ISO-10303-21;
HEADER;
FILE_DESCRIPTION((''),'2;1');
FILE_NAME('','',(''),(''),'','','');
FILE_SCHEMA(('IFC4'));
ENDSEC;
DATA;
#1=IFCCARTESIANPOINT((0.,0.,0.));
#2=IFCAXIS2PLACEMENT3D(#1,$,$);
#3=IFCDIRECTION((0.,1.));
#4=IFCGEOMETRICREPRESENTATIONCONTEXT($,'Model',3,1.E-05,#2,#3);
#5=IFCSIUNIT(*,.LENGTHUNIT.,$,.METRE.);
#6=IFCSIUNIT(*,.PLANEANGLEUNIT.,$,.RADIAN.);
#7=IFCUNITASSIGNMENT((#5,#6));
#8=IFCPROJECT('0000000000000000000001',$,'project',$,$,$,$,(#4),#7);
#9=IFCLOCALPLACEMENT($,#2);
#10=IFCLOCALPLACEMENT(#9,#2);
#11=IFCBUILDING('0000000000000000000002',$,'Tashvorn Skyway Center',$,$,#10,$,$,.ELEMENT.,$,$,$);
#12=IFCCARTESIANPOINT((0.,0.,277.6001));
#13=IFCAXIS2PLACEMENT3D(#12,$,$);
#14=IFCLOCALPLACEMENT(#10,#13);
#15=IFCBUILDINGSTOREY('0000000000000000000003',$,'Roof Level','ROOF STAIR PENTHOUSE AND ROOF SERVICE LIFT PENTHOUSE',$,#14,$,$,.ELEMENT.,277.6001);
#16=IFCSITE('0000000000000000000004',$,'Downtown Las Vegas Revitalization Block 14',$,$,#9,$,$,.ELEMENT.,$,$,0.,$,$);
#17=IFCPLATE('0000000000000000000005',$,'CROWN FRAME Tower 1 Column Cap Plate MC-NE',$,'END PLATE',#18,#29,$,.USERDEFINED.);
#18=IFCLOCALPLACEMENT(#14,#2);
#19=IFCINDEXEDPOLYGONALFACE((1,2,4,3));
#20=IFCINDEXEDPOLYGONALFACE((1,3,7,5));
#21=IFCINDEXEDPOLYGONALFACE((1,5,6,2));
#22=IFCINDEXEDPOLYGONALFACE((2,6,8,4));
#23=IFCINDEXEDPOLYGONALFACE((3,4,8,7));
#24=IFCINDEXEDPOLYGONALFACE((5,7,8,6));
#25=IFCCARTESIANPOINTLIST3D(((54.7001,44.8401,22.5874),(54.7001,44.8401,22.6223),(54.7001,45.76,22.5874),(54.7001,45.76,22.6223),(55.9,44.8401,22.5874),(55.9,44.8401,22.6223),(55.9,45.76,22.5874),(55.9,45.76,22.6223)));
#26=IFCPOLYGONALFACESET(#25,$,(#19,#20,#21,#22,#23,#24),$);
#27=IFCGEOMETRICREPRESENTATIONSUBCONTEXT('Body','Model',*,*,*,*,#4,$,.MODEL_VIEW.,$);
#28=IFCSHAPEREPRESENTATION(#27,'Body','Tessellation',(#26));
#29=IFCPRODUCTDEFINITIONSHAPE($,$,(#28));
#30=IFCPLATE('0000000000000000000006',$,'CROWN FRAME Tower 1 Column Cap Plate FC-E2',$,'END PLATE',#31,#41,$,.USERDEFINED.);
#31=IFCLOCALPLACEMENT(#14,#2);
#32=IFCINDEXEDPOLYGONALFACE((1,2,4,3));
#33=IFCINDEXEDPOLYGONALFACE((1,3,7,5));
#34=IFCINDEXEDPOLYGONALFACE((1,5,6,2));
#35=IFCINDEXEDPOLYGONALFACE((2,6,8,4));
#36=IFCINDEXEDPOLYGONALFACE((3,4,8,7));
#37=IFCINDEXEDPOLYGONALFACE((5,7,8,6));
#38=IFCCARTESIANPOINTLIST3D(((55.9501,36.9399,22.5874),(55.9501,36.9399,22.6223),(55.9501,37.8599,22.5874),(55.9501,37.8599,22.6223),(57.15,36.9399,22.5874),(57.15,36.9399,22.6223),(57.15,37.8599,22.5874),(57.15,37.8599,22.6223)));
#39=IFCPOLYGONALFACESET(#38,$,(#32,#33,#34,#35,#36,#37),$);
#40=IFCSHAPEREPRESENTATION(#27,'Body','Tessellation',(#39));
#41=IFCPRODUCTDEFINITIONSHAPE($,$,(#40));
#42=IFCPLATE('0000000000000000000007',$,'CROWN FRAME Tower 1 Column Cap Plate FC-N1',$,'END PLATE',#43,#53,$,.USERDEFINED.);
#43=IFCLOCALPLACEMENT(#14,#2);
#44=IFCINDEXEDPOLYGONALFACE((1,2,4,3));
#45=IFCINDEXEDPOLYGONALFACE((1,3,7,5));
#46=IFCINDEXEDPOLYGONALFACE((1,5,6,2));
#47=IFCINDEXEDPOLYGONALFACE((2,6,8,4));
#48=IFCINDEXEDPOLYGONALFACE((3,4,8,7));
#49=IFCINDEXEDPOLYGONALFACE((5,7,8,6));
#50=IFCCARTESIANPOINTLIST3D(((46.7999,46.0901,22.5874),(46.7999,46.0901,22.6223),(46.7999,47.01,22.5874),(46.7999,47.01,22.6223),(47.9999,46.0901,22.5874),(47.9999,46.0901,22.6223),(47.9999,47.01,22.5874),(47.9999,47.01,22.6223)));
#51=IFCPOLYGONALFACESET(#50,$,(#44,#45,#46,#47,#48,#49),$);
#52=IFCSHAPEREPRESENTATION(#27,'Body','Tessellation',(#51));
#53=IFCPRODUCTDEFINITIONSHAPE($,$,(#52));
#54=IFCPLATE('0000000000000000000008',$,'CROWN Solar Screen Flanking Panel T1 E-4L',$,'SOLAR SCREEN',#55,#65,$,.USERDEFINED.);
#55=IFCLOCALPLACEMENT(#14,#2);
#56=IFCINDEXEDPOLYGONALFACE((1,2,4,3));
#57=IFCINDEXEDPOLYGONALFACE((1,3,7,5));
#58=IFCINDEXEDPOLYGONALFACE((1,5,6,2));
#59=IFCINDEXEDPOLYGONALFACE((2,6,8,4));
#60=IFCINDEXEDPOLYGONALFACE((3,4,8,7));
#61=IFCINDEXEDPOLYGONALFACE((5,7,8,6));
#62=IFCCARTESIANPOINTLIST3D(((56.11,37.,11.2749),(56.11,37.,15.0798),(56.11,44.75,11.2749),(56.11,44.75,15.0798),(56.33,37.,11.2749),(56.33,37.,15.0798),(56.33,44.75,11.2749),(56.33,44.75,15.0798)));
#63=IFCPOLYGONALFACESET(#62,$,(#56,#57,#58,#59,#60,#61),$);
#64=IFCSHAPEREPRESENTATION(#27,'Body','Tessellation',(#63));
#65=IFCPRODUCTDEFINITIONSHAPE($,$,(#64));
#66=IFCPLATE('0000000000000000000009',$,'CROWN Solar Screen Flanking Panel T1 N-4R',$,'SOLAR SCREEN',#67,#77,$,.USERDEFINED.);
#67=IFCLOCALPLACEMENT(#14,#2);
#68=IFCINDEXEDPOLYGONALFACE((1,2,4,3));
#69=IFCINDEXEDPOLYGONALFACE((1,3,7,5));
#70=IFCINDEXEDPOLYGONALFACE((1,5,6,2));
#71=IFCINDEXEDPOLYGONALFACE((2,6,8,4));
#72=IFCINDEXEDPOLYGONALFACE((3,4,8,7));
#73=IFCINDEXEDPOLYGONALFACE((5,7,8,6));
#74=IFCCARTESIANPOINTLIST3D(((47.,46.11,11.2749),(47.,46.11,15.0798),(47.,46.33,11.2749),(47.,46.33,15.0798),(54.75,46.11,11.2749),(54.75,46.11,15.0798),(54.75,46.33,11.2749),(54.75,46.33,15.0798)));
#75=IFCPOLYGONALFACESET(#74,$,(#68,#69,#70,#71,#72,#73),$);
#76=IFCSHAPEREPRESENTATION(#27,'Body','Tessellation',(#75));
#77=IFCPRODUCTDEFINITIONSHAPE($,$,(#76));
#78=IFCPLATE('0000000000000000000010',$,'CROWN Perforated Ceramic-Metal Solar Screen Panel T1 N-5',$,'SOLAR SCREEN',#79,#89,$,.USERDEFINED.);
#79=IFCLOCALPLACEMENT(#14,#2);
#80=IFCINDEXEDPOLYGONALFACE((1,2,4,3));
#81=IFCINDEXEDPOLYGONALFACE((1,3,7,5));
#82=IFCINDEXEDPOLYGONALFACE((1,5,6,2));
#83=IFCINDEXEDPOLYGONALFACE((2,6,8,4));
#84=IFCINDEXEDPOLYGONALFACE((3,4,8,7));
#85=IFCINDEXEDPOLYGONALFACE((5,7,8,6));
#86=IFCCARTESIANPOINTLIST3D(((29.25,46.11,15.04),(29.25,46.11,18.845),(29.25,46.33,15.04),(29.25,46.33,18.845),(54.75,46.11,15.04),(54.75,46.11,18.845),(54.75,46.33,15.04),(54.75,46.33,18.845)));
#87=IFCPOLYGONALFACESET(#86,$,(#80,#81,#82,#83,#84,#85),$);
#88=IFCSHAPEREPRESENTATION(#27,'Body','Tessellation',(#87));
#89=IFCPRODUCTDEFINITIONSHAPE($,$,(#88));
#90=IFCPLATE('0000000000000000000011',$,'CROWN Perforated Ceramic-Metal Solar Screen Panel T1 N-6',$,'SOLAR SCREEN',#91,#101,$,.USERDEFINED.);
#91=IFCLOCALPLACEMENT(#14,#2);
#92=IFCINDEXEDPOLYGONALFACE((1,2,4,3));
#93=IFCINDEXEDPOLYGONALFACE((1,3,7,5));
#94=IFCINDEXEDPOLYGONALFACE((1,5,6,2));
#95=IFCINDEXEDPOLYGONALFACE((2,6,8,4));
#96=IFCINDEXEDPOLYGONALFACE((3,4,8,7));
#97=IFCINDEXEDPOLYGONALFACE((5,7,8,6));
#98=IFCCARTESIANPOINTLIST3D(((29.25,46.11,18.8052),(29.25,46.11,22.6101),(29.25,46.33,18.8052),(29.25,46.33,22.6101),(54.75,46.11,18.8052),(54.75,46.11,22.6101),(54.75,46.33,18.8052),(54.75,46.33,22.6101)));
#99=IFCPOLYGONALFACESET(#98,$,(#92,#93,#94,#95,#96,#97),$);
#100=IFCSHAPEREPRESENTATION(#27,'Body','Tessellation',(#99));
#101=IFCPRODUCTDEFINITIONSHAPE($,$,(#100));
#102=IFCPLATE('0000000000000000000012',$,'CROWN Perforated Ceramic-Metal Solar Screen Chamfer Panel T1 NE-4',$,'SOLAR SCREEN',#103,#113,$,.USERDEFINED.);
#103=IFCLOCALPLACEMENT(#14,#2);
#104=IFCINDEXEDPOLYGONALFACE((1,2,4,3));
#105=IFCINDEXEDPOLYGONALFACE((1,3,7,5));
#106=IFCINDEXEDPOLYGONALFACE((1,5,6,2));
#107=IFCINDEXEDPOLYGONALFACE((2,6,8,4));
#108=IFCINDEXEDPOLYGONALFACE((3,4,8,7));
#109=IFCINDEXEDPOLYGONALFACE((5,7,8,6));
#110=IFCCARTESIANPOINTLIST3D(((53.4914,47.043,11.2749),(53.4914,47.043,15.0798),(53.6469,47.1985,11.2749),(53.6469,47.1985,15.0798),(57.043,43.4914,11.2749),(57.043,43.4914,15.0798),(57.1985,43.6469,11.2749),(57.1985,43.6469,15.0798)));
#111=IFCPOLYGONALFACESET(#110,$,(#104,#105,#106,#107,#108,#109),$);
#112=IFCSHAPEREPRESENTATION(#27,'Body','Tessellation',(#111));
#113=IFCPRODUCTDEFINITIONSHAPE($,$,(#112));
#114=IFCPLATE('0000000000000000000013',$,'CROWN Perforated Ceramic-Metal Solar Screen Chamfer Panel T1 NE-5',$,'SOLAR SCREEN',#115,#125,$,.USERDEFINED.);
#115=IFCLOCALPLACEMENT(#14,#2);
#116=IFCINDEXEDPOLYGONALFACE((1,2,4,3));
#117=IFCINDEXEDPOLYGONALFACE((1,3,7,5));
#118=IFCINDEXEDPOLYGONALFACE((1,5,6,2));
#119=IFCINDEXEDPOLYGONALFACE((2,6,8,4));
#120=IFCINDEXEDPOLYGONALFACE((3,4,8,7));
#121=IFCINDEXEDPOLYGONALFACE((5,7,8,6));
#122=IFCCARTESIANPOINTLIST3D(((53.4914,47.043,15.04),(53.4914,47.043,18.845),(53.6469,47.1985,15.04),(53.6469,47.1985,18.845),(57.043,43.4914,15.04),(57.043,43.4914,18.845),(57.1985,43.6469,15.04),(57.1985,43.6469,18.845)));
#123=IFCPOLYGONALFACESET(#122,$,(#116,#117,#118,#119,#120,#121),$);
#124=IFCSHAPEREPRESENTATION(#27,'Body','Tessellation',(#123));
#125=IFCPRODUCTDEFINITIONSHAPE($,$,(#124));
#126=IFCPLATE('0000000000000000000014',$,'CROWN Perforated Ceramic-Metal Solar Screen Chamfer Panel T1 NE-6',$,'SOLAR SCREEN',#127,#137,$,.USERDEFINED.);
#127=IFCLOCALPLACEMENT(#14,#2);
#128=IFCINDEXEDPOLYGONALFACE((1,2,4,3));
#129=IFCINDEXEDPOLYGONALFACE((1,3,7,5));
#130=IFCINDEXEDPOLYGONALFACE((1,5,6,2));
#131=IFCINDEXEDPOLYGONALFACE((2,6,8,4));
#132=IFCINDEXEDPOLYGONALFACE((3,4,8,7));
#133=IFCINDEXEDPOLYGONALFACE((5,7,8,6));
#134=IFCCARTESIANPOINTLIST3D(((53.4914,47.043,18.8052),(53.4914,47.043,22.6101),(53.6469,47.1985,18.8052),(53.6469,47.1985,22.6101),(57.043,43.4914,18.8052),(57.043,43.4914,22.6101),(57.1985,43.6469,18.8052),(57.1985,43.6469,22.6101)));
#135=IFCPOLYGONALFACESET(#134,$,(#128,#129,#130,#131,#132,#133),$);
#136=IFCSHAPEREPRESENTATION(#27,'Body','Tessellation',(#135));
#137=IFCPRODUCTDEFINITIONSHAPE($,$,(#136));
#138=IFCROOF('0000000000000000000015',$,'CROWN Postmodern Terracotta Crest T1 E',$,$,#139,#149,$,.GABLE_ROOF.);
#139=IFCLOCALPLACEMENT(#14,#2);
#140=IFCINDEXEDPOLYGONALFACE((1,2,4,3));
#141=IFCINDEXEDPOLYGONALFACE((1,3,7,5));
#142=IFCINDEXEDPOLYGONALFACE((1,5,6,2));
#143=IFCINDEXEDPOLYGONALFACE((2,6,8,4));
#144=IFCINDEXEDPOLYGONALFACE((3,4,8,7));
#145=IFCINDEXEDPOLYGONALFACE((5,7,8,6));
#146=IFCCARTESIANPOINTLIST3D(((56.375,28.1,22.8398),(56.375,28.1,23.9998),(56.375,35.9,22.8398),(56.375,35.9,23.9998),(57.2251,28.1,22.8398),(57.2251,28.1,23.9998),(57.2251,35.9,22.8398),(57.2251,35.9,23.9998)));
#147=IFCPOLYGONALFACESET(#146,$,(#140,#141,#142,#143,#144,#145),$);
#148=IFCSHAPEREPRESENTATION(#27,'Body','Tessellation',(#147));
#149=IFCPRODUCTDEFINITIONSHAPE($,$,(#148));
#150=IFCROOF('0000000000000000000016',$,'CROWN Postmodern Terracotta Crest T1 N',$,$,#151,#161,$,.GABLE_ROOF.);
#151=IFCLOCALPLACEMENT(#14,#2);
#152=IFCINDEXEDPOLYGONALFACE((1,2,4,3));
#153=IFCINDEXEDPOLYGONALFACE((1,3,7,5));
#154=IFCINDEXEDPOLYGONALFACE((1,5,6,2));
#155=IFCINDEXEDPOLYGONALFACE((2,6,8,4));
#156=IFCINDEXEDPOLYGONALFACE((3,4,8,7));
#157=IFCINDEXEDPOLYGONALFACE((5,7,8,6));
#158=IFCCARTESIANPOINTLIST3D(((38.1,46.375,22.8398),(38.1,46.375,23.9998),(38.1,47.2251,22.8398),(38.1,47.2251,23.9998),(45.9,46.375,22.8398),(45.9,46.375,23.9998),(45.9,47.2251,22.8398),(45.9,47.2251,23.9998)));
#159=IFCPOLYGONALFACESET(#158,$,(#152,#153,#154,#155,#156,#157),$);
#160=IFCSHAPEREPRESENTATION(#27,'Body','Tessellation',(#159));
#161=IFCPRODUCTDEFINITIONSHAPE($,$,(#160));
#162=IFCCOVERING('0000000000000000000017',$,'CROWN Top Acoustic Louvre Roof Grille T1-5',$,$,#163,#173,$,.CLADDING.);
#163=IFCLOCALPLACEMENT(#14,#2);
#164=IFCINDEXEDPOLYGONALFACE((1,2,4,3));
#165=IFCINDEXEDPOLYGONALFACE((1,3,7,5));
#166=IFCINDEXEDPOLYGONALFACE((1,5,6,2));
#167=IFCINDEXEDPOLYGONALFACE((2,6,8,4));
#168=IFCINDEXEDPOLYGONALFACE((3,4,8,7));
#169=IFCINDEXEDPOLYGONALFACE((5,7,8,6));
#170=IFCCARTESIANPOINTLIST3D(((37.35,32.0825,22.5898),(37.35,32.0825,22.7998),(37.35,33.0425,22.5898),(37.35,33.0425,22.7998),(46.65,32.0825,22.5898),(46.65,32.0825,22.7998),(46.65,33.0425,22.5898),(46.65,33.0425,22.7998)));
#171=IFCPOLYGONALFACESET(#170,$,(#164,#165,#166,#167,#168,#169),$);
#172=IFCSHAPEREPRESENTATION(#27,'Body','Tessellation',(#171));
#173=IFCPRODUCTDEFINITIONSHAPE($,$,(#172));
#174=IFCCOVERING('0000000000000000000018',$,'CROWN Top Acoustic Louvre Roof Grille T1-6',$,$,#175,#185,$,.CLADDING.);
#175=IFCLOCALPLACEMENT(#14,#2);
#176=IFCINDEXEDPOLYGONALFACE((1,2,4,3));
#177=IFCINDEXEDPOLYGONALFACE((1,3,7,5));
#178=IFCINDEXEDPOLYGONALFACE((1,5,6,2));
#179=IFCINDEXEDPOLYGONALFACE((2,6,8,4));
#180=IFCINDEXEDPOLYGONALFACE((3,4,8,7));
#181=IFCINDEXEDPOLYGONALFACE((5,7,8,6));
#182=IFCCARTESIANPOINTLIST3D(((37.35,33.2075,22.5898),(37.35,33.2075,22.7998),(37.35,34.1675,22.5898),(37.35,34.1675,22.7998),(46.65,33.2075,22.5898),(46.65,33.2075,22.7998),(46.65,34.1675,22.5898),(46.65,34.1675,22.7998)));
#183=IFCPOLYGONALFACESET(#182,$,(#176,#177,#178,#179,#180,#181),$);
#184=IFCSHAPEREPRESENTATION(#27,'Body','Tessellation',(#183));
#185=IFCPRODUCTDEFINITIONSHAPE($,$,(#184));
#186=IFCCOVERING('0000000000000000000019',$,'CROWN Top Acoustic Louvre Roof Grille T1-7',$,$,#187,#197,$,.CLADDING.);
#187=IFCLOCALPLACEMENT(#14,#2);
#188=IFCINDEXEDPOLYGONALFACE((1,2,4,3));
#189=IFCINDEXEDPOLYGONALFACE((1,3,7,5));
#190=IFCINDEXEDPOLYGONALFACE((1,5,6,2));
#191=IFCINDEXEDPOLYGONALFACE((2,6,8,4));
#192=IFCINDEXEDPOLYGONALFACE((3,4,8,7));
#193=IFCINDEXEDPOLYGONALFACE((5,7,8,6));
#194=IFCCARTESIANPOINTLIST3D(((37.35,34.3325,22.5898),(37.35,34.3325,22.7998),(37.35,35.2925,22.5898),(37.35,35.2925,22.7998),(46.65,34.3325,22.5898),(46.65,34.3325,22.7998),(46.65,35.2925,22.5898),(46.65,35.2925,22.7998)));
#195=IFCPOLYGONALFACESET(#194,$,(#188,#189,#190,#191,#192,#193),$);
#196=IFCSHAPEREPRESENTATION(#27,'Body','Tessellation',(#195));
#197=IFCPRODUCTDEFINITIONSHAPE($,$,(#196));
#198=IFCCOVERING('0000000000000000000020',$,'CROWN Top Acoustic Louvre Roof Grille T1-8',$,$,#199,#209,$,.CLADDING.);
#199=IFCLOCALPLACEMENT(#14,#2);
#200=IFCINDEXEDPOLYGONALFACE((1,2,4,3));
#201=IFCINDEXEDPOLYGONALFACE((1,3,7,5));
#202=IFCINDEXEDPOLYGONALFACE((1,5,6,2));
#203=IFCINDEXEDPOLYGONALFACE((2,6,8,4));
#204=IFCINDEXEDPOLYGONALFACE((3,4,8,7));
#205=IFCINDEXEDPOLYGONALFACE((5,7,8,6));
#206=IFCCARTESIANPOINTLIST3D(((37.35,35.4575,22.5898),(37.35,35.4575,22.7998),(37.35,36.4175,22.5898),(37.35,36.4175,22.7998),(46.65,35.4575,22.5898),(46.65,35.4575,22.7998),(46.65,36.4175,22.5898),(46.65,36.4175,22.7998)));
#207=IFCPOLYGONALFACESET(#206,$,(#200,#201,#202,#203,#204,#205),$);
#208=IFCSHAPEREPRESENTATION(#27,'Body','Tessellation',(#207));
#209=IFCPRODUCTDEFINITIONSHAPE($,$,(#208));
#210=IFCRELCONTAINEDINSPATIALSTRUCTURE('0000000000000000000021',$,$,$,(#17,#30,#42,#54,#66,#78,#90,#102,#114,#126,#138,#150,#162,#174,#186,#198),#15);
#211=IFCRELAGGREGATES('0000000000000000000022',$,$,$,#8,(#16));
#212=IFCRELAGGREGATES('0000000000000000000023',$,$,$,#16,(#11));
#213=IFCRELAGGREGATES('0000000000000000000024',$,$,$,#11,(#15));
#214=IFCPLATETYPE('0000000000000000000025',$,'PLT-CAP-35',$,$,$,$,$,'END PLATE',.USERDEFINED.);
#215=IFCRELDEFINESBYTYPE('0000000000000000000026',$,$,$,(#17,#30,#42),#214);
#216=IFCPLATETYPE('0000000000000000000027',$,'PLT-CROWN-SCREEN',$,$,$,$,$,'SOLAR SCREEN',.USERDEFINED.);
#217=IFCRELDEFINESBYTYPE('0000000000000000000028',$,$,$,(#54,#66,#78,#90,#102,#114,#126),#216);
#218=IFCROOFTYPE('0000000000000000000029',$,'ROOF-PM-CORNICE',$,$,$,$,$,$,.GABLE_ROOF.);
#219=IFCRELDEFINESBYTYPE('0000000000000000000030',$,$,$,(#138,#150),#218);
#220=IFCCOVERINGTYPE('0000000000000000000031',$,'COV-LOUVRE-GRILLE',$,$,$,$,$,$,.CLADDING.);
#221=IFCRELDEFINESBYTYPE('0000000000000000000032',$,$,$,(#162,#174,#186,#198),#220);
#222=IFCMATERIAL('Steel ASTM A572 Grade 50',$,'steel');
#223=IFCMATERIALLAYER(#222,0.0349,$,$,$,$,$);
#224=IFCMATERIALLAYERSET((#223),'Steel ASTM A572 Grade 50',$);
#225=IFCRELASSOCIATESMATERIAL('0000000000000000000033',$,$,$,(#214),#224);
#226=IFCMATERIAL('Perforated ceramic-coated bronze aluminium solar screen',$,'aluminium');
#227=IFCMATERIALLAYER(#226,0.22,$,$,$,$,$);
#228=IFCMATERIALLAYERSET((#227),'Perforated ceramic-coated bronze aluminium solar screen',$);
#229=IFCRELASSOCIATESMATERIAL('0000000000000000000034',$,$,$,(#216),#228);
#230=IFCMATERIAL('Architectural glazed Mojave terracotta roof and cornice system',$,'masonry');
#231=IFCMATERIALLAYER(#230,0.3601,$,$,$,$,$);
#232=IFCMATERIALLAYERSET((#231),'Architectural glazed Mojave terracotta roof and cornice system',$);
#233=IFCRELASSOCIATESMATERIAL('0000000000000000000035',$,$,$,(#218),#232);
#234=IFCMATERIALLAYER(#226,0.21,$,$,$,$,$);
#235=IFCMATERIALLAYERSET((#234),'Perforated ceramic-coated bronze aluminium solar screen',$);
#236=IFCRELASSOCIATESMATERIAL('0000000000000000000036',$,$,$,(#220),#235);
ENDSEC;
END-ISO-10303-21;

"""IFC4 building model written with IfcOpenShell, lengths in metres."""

from ifc_helpers import new_model, si_unit, direction, frame, origin, origin_2d, place, context, subcontext, project, spatial, rectangle, extrude, material, layer, layer_set, type_object, element, save


model = new_model("IFC4")

# Units and contexts
model_context = context("Model", 3, precision=1e-05, world=origin(), true_north=direction((0.0, 1.0)))
body_context = subcontext(model_context, "Body", "Model", "MODEL_VIEW")
ifc_project = project(units=[si_unit("LENGTHUNIT", "METRE"), si_unit("PLANEANGLEUNIT", "RADIAN")], contexts=[model_context])

# Site, building, storey
site_placement = place(None, origin())
site = spatial("IfcSite", under=ifc_project, at=site_placement, Name="Downtown Las Vegas Revitalization Block 14", CompositionType="ELEMENT", RefElevation=0.0)
building_placement = place(site_placement, origin())
building = spatial("IfcBuilding", under=site, at=building_placement, Name="Tashvorn Skyway Center", CompositionType="ELEMENT")
storey_placement = place(building_placement, frame((0.0, 0.0, 277.6001)))
storey = spatial("IfcBuildingStorey", under=building, at=storey_placement, Name="Roof Level", Description="ROOF STAIR PENTHOUSE AND ROOF SERVICE LIFT PENTHOUSE", CompositionType="ELEMENT", Elevation=277.6001)

# Shared definitions
ifc_material_1 = material(Name="Steel ASTM A572 Grade 50", Category="steel")

# Plates
ifc_layer_1 = layer(ifc_material_1, 0.0349)
ifc_layer_set_1 = layer_set([ifc_layer_1], Name="Steel ASTM A572 Grade 50")
plate_type_1 = type_object("IfcPlateType", Name="PLT-CAP-35", ElementType="END PLATE", PredefinedType="USERDEFINED", material=ifc_layer_set_1)
for number, where, z_axis, x_axis, name in (
    (1, (55.3, 45.3, 22.5874), (0.0, 0.0, 1.0), (1.0, 0.0, 0.0), "CROWN FRAME Tower 1 Column Cap Plate MC-NE"),
    (2, (56.55, 37.3999, 22.5874), (0.0, 0.0, 1.0), (1.0, 0.0, 0.0), "CROWN FRAME Tower 1 Column Cap Plate FC-E2"),
    (3, (47.3999, 46.55, 22.5874), (0.0, 0.0, 1.0), (1.0, 0.0, 0.0), "CROWN FRAME Tower 1 Column Cap Plate FC-N1"),
):
    element("IfcPlate", number, at=place(storey_placement, frame(where, z_axis=z_axis, x_axis=x_axis)), inside=storey, type_object=plate_type_1, Name=name, ObjectType="END PLATE", PredefinedType="USERDEFINED", context=body_context, shape_type="SweptSolid", body=[
        extrude(rectangle(XDim=1.2, YDim=0.9199, at=origin_2d()), origin(), (0.0, 0.0, 1.0), 0.0349),
    ])
ifc_material_2 = material(Name="Perforated ceramic-coated bronze aluminium solar screen", Category="aluminium")
ifc_layer_2 = layer(ifc_material_2, 0.22)
ifc_layer_set_2 = layer_set([ifc_layer_2], Name="Perforated ceramic-coated bronze aluminium solar screen")
plate_type_2 = type_object("IfcPlateType", Name="PLT-CROWN-SCREEN", ElementType="SOLAR SCREEN", PredefinedType="USERDEFINED", material=ifc_layer_set_2)
for number, where, z_axis, x_axis, name in (
    (4, (56.22, 40.875, 11.2749), (0.0, 0.0, 1.0), (0.0, 1.0, 0.0), "CROWN Solar Screen Flanking Panel T1 E-4L"),
    (5, (50.875, 46.22, 11.2749), (0.0, 0.0, 1.0), (-1.0, 0.0, 0.0), "CROWN Solar Screen Flanking Panel T1 N-4R"),
):
    element("IfcPlate", number, at=place(storey_placement, frame(where, z_axis=z_axis, x_axis=x_axis)), inside=storey, type_object=plate_type_2, Name=name, ObjectType="SOLAR SCREEN", PredefinedType="USERDEFINED", context=body_context, shape_type="SweptSolid", body=[
        extrude(rectangle(XDim=7.75, YDim=0.22, at=origin_2d()), origin(), (0.0, 0.0, 1.0), 3.8049),
    ])
for number, where, z_axis, x_axis, name in (
    (6, (42.0, 46.22, 15.04), (0.0, 0.0, 1.0), (-1.0, 0.0, 0.0), "CROWN Perforated Ceramic-Metal Solar Screen Panel T1 N-5"),
    (7, (42.0, 46.22, 18.8052), (0.0, 0.0, 1.0), (-1.0, 0.0, 0.0), "CROWN Perforated Ceramic-Metal Solar Screen Panel T1 N-6"),
):
    element("IfcPlate", number, at=place(storey_placement, frame(where, z_axis=z_axis, x_axis=x_axis)), inside=storey, type_object=plate_type_2, Name=name, ObjectType="SOLAR SCREEN", PredefinedType="USERDEFINED", context=body_context, shape_type="SweptSolid", body=[
        extrude(rectangle(XDim=25.5, YDim=0.22, at=origin_2d()), origin(), (0.0, 0.0, 1.0), 3.8049),
    ])
for number, where, z_axis, x_axis, name in (
    (8, (55.345, 45.345, 11.2749), (0.0, 0.0, 1.0), (0.707107, -0.707107, 0.0), "CROWN Perforated Ceramic-Metal Solar Screen Chamfer Panel T1 NE-4"),
    (9, (55.345, 45.345, 15.04), (0.0, 0.0, 1.0), (0.707107, -0.707107, 0.0), "CROWN Perforated Ceramic-Metal Solar Screen Chamfer Panel T1 NE-5"),
    (10, (55.345, 45.345, 18.8052), (0.0, 0.0, 1.0), (0.707107, -0.707107, 0.0), "CROWN Perforated Ceramic-Metal Solar Screen Chamfer Panel T1 NE-6"),
):
    element("IfcPlate", number, at=place(storey_placement, frame(where, z_axis=z_axis, x_axis=x_axis)), inside=storey, type_object=plate_type_2, Name=name, ObjectType="SOLAR SCREEN", PredefinedType="USERDEFINED", context=body_context, shape_type="SweptSolid", body=[
        extrude(rectangle(XDim=5.0227, YDim=0.22, at=origin_2d()), origin(), (0.0, 0.0, 1.0), 3.8049),
    ])

# Roofs
ifc_material_3 = material(Name="Architectural glazed Mojave terracotta roof and cornice system", Category="masonry")
ifc_layer_3 = layer(ifc_material_3, 0.3601)
ifc_layer_set_3 = layer_set([ifc_layer_3], Name="Architectural glazed Mojave terracotta roof and cornice system")
roof_type = type_object("IfcRoofType", Name="ROOF-PM-CORNICE", PredefinedType="GABLE_ROOF", material=ifc_layer_set_3)
for number, where, z_axis, x_axis, name in (
    (11, (56.8, 32.0, 22.8398), (0.0, 0.0, 1.0), (0.0, 1.0, 0.0), "CROWN Postmodern Terracotta Crest T1 E"),
    (12, (42.0, 46.8, 22.8398), (0.0, 0.0, 1.0), (-1.0, 0.0, 0.0), "CROWN Postmodern Terracotta Crest T1 N"),
):
    element("IfcRoof", number, at=place(storey_placement, frame(where, z_axis=z_axis, x_axis=x_axis)), inside=storey, type_object=roof_type, Name=name, PredefinedType="GABLE_ROOF", context=body_context, shape_type="SweptSolid", body=[
        extrude(rectangle(XDim=7.8, YDim=0.8501, at=origin_2d()), origin(), (0.0, 0.0, 1.0), 1.1599),
    ])

# Coverings
ifc_layer_4 = layer(ifc_material_2, 0.21)
ifc_layer_set_4 = layer_set([ifc_layer_4], Name="Perforated ceramic-coated bronze aluminium solar screen")
covering_type_1 = type_object("IfcCoveringType", Name="COV-LOUVRE-GRILLE", PredefinedType="CLADDING", material=ifc_layer_set_4)
for number, where, z_axis, x_axis, name in (
    (13, (42.0, 32.5625, 22.5898), (0.0, 0.0, 1.0), (1.0, 0.0, 0.0), "CROWN Top Acoustic Louvre Roof Grille T1-5"),
    (14, (42.0, 33.6875, 22.5898), (0.0, 0.0, 1.0), (1.0, 0.0, 0.0), "CROWN Top Acoustic Louvre Roof Grille T1-6"),
    (15, (42.0, 34.8125, 22.5898), (0.0, 0.0, 1.0), (1.0, 0.0, 0.0), "CROWN Top Acoustic Louvre Roof Grille T1-7"),
    (16, (42.0, 35.9375, 22.5898), (0.0, 0.0, 1.0), (1.0, 0.0, 0.0), "CROWN Top Acoustic Louvre Roof Grille T1-8"),
):
    element("IfcCovering", number, at=place(storey_placement, frame(where, z_axis=z_axis, x_axis=x_axis)), inside=storey, type_object=covering_type_1, Name=name, PredefinedType="CLADDING", context=body_context, shape_type="SweptSolid", body=[
        extrude(rectangle(XDim=9.3, YDim=0.96, at=origin_2d()), origin(), (0.0, 0.0, 1.0), 0.21),
    ])

save(model, "model.ifc")
